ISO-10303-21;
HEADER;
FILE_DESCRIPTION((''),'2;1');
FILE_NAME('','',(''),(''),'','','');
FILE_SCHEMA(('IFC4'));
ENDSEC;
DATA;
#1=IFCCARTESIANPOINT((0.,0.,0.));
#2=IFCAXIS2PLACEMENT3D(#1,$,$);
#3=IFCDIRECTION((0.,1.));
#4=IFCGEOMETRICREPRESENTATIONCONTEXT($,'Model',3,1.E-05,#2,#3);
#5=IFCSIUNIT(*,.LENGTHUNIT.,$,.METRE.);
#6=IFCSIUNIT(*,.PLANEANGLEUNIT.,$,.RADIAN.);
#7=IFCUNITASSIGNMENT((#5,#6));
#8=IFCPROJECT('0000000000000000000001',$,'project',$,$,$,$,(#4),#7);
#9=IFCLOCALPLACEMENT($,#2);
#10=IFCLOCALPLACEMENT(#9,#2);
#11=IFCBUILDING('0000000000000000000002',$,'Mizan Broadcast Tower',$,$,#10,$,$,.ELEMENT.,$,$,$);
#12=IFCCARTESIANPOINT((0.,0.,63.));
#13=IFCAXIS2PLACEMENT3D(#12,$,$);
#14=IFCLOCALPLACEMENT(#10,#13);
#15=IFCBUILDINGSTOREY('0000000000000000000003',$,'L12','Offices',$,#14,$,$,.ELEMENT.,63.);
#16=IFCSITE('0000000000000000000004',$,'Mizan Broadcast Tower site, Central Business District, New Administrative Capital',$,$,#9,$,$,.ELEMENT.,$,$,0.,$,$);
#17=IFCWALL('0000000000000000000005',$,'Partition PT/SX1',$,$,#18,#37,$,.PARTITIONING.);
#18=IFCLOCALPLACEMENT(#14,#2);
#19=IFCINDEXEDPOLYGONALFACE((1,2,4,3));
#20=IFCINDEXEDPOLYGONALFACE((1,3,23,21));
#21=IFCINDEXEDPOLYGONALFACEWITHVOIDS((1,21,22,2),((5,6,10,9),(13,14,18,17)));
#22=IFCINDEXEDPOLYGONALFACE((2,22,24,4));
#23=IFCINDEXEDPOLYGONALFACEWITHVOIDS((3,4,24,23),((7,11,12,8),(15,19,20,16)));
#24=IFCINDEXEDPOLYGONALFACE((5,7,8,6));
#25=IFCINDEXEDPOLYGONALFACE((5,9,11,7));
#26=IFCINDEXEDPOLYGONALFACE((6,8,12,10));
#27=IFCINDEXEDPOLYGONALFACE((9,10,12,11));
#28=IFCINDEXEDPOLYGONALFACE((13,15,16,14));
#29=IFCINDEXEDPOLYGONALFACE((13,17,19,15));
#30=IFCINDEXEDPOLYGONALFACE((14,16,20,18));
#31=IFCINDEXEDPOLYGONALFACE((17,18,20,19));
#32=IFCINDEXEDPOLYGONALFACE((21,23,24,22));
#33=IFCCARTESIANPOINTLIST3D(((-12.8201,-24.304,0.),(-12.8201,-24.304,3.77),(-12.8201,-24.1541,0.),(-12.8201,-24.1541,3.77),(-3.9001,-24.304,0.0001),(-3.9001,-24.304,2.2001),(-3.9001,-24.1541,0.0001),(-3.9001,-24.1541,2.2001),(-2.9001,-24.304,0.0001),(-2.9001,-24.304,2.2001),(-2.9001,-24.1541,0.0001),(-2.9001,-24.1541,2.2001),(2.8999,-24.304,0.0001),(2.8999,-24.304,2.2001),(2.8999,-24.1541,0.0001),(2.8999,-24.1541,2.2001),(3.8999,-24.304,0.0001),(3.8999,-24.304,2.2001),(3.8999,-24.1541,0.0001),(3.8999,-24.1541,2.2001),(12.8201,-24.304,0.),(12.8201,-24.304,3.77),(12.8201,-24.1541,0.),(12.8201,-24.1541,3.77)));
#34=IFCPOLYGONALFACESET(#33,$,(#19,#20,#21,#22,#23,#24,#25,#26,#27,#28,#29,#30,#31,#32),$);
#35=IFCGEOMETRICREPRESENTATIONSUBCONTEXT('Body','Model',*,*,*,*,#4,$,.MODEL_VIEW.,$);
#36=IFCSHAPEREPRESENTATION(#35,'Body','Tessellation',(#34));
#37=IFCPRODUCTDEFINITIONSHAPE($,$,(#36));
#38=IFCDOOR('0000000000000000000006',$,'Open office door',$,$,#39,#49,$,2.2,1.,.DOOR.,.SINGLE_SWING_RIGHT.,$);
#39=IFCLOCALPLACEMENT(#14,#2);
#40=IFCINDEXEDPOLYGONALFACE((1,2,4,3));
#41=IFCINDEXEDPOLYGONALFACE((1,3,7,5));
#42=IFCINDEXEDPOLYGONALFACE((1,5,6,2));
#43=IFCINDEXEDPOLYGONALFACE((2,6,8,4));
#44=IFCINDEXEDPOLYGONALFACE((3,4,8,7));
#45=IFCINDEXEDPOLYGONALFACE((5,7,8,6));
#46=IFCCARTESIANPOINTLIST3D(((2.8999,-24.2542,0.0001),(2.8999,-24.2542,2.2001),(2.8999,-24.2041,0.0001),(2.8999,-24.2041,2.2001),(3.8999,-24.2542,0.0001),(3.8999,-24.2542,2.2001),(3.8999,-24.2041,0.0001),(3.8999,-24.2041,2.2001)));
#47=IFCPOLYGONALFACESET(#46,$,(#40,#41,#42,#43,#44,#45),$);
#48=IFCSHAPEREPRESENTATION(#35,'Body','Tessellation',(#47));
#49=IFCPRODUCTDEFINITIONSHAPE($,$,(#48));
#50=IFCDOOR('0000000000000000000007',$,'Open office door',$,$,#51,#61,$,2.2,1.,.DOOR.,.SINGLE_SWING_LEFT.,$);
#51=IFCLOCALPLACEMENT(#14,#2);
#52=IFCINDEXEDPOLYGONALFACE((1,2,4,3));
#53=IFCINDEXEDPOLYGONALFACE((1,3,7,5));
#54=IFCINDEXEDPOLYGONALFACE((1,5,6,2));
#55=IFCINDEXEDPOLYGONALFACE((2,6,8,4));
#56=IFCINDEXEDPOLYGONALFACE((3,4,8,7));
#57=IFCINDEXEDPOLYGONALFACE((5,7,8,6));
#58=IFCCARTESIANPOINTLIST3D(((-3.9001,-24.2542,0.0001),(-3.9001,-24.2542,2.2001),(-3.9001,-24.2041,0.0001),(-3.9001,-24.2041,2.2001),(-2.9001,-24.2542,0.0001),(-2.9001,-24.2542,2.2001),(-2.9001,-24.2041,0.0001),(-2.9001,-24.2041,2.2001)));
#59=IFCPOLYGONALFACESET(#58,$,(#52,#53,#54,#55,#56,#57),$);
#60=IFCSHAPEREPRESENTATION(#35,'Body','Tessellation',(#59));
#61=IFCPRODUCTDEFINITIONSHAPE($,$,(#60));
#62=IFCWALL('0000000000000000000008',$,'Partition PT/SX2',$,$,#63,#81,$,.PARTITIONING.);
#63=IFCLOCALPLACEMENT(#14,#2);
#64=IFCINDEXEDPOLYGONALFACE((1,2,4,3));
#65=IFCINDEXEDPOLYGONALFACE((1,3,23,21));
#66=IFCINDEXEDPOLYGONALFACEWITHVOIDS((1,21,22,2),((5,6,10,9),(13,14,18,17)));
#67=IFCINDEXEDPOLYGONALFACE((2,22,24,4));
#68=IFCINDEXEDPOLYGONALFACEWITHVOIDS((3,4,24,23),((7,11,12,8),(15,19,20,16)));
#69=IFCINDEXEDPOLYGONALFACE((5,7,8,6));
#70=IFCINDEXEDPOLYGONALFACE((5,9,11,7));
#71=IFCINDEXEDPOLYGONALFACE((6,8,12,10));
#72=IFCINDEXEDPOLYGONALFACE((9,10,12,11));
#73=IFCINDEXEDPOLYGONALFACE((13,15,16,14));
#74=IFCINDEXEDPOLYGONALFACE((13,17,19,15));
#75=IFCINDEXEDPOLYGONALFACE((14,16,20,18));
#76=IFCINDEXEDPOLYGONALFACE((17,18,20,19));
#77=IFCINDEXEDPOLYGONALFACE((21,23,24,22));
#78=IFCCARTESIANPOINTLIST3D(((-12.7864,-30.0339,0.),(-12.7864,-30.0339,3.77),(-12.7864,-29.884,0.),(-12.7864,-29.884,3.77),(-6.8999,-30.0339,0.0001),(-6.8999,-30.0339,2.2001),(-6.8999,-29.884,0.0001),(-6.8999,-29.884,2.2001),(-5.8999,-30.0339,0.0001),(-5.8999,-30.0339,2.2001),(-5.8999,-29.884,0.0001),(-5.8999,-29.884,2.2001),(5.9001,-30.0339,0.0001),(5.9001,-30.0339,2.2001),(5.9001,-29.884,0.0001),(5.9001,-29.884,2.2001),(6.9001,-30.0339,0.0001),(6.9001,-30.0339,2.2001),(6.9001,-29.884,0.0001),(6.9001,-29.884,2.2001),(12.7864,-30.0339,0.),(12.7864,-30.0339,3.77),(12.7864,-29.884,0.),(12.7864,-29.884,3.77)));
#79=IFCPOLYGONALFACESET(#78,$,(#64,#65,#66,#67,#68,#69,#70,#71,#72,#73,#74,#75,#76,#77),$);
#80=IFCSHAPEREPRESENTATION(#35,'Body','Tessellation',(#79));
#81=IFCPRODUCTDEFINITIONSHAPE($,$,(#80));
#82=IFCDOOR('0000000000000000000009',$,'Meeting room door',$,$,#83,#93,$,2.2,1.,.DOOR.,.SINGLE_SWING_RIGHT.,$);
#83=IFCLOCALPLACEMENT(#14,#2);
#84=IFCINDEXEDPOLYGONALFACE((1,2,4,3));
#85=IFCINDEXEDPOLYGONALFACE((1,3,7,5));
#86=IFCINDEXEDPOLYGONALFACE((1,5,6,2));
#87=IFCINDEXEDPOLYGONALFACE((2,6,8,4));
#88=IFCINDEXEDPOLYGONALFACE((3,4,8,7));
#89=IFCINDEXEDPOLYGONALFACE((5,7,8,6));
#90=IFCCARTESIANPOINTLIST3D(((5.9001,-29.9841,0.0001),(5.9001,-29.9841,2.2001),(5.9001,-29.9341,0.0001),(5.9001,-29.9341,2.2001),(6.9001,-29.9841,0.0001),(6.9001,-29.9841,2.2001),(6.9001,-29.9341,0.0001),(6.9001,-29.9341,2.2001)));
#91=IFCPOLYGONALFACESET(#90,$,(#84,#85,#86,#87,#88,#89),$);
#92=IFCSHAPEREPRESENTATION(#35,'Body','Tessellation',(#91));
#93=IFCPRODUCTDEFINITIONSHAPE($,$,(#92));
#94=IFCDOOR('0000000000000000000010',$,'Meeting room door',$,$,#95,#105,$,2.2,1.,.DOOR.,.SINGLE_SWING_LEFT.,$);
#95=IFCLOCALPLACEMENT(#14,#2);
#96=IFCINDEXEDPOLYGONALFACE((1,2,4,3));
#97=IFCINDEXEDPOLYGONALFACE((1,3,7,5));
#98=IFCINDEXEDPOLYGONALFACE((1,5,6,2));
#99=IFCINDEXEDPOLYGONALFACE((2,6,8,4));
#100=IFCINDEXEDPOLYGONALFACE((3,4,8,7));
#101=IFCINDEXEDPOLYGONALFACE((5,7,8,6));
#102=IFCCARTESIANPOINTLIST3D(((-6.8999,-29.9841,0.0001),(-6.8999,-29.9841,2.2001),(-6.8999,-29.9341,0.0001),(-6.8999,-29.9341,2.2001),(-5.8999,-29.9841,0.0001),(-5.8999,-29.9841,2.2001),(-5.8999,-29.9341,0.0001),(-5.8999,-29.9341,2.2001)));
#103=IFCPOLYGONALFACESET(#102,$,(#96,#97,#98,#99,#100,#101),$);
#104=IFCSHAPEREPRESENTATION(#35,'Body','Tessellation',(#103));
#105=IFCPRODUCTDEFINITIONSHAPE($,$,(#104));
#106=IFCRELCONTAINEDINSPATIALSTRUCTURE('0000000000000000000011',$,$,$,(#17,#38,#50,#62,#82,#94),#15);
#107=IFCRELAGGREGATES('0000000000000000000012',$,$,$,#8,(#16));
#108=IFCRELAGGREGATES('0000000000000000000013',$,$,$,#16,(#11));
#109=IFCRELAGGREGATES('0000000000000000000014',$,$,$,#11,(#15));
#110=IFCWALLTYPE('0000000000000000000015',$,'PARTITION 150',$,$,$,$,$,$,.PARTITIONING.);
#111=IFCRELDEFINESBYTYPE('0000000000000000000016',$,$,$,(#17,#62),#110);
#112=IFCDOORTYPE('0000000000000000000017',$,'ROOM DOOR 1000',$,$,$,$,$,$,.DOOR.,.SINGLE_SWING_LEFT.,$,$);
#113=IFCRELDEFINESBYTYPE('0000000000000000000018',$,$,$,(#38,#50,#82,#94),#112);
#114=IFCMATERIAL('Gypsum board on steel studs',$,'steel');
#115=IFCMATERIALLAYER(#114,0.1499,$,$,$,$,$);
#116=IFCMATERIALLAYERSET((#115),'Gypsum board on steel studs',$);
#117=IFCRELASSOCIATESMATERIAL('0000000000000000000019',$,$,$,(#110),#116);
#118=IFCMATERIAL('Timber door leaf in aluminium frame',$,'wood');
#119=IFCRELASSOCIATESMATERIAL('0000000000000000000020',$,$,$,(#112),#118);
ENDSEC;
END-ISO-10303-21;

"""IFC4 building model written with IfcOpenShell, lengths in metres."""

from ifc_helpers import new_model, si_unit, direction, frame, frame_2d, origin, place, context, subcontext, project, spatial, rectangle, extrude, material, layer, layer_set, type_object, element, fill, save


model = new_model("IFC4")

# Units and contexts
model_context = context("Model", 3, precision=1e-05, world=origin(), true_north=direction((0.0, 1.0)))
body_context = subcontext(model_context, "Body", "Model", "MODEL_VIEW")
ifc_project = project(units=[si_unit("LENGTHUNIT", "METRE"), si_unit("PLANEANGLEUNIT", "RADIAN")], contexts=[model_context])

# Site, building, storey
site_placement = place(None, origin())
site = spatial("IfcSite", under=ifc_project, at=site_placement, Name="Mizan Broadcast Tower site, Central Business District, New Administrative Capital", CompositionType="ELEMENT", RefElevation=0.0)
building_placement = place(site_placement, origin())
building = spatial("IfcBuilding", under=site, at=building_placement, Name="Mizan Broadcast Tower", CompositionType="ELEMENT")
storey_placement = place(building_placement, frame((0.0, 0.0, 63.0)))
storey = spatial("IfcBuildingStorey", under=building, at=storey_placement, Name="L12", Description="Offices", CompositionType="ELEMENT", Elevation=63.0)

# Walls, openings, doors
ifc_material_1 = material(Name="Gypsum board on steel studs", Category="steel")
ifc_layer_1 = layer(ifc_material_1, 0.1499)
ifc_layer_set_1 = layer_set([ifc_layer_1], Name="Gypsum board on steel studs")
wall_type = type_object("IfcWallType", Name="PARTITION 150", PredefinedType="PARTITIONING", material=ifc_layer_set_1)
wall_1_placement = place(storey_placement, frame((-12.8201, -24.229, 0.0), z_axis=(0.0, 0.0, 1.0), x_axis=(1.0, 0.0, 0.0)))
wall_1 = element("IfcWall", 1, at=wall_1_placement, inside=storey, type_object=wall_type, Name="Partition PT/SX1", PredefinedType="PARTITIONING", context=body_context, shape_type="SweptSolid", body=[
    extrude(rectangle(XDim=25.6401, YDim=0.1499, at=frame_2d((12.8201, 0.0))), origin(), (0.0, 0.0, 1.0), 3.77),
])
opening_1_placement = place(wall_1_placement, frame((15.72, 0.0, 0.0)))
opening_1 = element("IfcOpeningElement", 2, at=opening_1_placement, cuts=wall_1, PredefinedType="OPENING", context=body_context, shape_type="SweptSolid", body=[
    extrude(rectangle(XDim=1.0, YDim=2.2, at=frame_2d((0.5, 1.1001))), frame((0.0, 0.085, 0.0), z_axis=(0.0, -1.0, 0.0), x_axis=(1.0, 0.0, 0.0)), (0.0, 0.0, 1.0), 0.1699),
])
opening_2_placement = place(wall_1_placement, frame((8.9199, 0.0, 0.0)))
opening_2 = element("IfcOpeningElement", 3, at=opening_2_placement, cuts=wall_1, PredefinedType="OPENING", context=body_context, shape_type="SweptSolid", body=[
    extrude(rectangle(XDim=1.0, YDim=2.2, at=frame_2d((0.5, 1.1001))), frame((0.0, 0.085, 0.0), z_axis=(0.0, -1.0, 0.0), x_axis=(1.0, 0.0, 0.0)), (0.0, 0.0, 1.0), 0.1699),
])
ifc_material_2 = material(Name="Timber door leaf in aluminium frame", Category="wood")
door_type = type_object("IfcDoorType", Name="ROOM DOOR 1000", OperationType="SINGLE_SWING_LEFT", PredefinedType="DOOR", material=ifc_material_2)
door_1_placement = place(opening_1_placement, origin())
door_1 = element("IfcDoor", 4, at=door_1_placement, inside=storey, type_object=door_type, Name="Open office door", OperationType="SINGLE_SWING_RIGHT", OverallHeight=2.2, OverallWidth=1.0, PredefinedType="DOOR", context=body_context, shape_type="SweptSolid", body=[
    extrude(rectangle(XDim=1.0, YDim=2.2, at=frame_2d((0.5, 1.1001))), frame((0.0, 0.0249, 0.0), z_axis=(0.0, -1.0, 0.0), x_axis=(1.0, 0.0, 0.0)), (0.0, 0.0, 1.0), 0.05),
])
fill(opening_1, door_1)
door_2_placement = place(opening_2_placement, origin())
door_2 = element("IfcDoor", 5, at=door_2_placement, inside=storey, type_object=door_type, Name="Open office door", OperationType="SINGLE_SWING_LEFT", OverallHeight=2.2, OverallWidth=1.0, PredefinedType="DOOR", context=body_context, shape_type="SweptSolid", body=[
    extrude(rectangle(XDim=1.0, YDim=2.2, at=frame_2d((0.5, 1.1001))), frame((0.0, 0.0249, 0.0), z_axis=(0.0, -1.0, 0.0), x_axis=(1.0, 0.0, 0.0)), (0.0, 0.0, 1.0), 0.05),
])
fill(opening_2, door_2)
wall_2_placement = place(storey_placement, frame((-12.7864, -29.959, 0.0), z_axis=(0.0, 0.0, 1.0), x_axis=(1.0, 0.0, 0.0)))
wall_2 = element("IfcWall", 6, at=wall_2_placement, inside=storey, type_object=wall_type, Name="Partition PT/SX2", PredefinedType="PARTITIONING", context=body_context, shape_type="SweptSolid", body=[
    extrude(rectangle(XDim=25.5728, YDim=0.1499, at=frame_2d((12.7864, 0.0))), origin(), (0.0, 0.0, 1.0), 3.77),
])
opening_3_placement = place(wall_2_placement, frame((18.6865, 0.0, 0.0)))
opening_3 = element("IfcOpeningElement", 7, at=opening_3_placement, cuts=wall_2, PredefinedType="OPENING", context=body_context, shape_type="SweptSolid", body=[
    extrude(rectangle(XDim=1.0, YDim=2.2, at=frame_2d((0.5, 1.1001))), frame((0.0, 0.085, 0.0), z_axis=(0.0, -1.0, 0.0), x_axis=(1.0, 0.0, 0.0)), (0.0, 0.0, 1.0), 0.1699),
])
opening_4_placement = place(wall_2_placement, frame((5.8865, 0.0, 0.0)))
opening_4 = element("IfcOpeningElement", 8, at=opening_4_placement, cuts=wall_2, PredefinedType="OPENING", context=body_context, shape_type="SweptSolid", body=[
    extrude(rectangle(XDim=1.0, YDim=2.2, at=frame_2d((0.5, 1.1001))), frame((0.0, 0.085, 0.0), z_axis=(0.0, -1.0, 0.0), x_axis=(1.0, 0.0, 0.0)), (0.0, 0.0, 1.0), 0.1699),
])
door_3_placement = place(opening_3_placement, origin())
door_3 = element("IfcDoor", 9, at=door_3_placement, inside=storey, type_object=door_type, Name="Meeting room door", OperationType="SINGLE_SWING_RIGHT", OverallHeight=2.2, OverallWidth=1.0, PredefinedType="DOOR", context=body_context, shape_type="SweptSolid", body=[
    extrude(rectangle(XDim=1.0, YDim=2.2, at=frame_2d((0.5, 1.1001))), frame((0.0, 0.0249, 0.0), z_axis=(0.0, -1.0, 0.0), x_axis=(1.0, 0.0, 0.0)), (0.0, 0.0, 1.0), 0.05),
])
fill(opening_3, door_3)
door_4_placement = place(opening_4_placement, origin())
door_4 = element("IfcDoor", 10, at=door_4_placement, inside=storey, type_object=door_type, Name="Meeting room door", OperationType="SINGLE_SWING_LEFT", OverallHeight=2.2, OverallWidth=1.0, PredefinedType="DOOR", context=body_context, shape_type="SweptSolid", body=[
    extrude(rectangle(XDim=1.0, YDim=2.2, at=frame_2d((0.5, 1.1001))), frame((0.0, 0.0249, 0.0), z_axis=(0.0, -1.0, 0.0), x_axis=(1.0, 0.0, 0.0)), (0.0, 0.0, 1.0), 0.05),
])
fill(opening_4, door_4)

save(model, "model.ifc")
